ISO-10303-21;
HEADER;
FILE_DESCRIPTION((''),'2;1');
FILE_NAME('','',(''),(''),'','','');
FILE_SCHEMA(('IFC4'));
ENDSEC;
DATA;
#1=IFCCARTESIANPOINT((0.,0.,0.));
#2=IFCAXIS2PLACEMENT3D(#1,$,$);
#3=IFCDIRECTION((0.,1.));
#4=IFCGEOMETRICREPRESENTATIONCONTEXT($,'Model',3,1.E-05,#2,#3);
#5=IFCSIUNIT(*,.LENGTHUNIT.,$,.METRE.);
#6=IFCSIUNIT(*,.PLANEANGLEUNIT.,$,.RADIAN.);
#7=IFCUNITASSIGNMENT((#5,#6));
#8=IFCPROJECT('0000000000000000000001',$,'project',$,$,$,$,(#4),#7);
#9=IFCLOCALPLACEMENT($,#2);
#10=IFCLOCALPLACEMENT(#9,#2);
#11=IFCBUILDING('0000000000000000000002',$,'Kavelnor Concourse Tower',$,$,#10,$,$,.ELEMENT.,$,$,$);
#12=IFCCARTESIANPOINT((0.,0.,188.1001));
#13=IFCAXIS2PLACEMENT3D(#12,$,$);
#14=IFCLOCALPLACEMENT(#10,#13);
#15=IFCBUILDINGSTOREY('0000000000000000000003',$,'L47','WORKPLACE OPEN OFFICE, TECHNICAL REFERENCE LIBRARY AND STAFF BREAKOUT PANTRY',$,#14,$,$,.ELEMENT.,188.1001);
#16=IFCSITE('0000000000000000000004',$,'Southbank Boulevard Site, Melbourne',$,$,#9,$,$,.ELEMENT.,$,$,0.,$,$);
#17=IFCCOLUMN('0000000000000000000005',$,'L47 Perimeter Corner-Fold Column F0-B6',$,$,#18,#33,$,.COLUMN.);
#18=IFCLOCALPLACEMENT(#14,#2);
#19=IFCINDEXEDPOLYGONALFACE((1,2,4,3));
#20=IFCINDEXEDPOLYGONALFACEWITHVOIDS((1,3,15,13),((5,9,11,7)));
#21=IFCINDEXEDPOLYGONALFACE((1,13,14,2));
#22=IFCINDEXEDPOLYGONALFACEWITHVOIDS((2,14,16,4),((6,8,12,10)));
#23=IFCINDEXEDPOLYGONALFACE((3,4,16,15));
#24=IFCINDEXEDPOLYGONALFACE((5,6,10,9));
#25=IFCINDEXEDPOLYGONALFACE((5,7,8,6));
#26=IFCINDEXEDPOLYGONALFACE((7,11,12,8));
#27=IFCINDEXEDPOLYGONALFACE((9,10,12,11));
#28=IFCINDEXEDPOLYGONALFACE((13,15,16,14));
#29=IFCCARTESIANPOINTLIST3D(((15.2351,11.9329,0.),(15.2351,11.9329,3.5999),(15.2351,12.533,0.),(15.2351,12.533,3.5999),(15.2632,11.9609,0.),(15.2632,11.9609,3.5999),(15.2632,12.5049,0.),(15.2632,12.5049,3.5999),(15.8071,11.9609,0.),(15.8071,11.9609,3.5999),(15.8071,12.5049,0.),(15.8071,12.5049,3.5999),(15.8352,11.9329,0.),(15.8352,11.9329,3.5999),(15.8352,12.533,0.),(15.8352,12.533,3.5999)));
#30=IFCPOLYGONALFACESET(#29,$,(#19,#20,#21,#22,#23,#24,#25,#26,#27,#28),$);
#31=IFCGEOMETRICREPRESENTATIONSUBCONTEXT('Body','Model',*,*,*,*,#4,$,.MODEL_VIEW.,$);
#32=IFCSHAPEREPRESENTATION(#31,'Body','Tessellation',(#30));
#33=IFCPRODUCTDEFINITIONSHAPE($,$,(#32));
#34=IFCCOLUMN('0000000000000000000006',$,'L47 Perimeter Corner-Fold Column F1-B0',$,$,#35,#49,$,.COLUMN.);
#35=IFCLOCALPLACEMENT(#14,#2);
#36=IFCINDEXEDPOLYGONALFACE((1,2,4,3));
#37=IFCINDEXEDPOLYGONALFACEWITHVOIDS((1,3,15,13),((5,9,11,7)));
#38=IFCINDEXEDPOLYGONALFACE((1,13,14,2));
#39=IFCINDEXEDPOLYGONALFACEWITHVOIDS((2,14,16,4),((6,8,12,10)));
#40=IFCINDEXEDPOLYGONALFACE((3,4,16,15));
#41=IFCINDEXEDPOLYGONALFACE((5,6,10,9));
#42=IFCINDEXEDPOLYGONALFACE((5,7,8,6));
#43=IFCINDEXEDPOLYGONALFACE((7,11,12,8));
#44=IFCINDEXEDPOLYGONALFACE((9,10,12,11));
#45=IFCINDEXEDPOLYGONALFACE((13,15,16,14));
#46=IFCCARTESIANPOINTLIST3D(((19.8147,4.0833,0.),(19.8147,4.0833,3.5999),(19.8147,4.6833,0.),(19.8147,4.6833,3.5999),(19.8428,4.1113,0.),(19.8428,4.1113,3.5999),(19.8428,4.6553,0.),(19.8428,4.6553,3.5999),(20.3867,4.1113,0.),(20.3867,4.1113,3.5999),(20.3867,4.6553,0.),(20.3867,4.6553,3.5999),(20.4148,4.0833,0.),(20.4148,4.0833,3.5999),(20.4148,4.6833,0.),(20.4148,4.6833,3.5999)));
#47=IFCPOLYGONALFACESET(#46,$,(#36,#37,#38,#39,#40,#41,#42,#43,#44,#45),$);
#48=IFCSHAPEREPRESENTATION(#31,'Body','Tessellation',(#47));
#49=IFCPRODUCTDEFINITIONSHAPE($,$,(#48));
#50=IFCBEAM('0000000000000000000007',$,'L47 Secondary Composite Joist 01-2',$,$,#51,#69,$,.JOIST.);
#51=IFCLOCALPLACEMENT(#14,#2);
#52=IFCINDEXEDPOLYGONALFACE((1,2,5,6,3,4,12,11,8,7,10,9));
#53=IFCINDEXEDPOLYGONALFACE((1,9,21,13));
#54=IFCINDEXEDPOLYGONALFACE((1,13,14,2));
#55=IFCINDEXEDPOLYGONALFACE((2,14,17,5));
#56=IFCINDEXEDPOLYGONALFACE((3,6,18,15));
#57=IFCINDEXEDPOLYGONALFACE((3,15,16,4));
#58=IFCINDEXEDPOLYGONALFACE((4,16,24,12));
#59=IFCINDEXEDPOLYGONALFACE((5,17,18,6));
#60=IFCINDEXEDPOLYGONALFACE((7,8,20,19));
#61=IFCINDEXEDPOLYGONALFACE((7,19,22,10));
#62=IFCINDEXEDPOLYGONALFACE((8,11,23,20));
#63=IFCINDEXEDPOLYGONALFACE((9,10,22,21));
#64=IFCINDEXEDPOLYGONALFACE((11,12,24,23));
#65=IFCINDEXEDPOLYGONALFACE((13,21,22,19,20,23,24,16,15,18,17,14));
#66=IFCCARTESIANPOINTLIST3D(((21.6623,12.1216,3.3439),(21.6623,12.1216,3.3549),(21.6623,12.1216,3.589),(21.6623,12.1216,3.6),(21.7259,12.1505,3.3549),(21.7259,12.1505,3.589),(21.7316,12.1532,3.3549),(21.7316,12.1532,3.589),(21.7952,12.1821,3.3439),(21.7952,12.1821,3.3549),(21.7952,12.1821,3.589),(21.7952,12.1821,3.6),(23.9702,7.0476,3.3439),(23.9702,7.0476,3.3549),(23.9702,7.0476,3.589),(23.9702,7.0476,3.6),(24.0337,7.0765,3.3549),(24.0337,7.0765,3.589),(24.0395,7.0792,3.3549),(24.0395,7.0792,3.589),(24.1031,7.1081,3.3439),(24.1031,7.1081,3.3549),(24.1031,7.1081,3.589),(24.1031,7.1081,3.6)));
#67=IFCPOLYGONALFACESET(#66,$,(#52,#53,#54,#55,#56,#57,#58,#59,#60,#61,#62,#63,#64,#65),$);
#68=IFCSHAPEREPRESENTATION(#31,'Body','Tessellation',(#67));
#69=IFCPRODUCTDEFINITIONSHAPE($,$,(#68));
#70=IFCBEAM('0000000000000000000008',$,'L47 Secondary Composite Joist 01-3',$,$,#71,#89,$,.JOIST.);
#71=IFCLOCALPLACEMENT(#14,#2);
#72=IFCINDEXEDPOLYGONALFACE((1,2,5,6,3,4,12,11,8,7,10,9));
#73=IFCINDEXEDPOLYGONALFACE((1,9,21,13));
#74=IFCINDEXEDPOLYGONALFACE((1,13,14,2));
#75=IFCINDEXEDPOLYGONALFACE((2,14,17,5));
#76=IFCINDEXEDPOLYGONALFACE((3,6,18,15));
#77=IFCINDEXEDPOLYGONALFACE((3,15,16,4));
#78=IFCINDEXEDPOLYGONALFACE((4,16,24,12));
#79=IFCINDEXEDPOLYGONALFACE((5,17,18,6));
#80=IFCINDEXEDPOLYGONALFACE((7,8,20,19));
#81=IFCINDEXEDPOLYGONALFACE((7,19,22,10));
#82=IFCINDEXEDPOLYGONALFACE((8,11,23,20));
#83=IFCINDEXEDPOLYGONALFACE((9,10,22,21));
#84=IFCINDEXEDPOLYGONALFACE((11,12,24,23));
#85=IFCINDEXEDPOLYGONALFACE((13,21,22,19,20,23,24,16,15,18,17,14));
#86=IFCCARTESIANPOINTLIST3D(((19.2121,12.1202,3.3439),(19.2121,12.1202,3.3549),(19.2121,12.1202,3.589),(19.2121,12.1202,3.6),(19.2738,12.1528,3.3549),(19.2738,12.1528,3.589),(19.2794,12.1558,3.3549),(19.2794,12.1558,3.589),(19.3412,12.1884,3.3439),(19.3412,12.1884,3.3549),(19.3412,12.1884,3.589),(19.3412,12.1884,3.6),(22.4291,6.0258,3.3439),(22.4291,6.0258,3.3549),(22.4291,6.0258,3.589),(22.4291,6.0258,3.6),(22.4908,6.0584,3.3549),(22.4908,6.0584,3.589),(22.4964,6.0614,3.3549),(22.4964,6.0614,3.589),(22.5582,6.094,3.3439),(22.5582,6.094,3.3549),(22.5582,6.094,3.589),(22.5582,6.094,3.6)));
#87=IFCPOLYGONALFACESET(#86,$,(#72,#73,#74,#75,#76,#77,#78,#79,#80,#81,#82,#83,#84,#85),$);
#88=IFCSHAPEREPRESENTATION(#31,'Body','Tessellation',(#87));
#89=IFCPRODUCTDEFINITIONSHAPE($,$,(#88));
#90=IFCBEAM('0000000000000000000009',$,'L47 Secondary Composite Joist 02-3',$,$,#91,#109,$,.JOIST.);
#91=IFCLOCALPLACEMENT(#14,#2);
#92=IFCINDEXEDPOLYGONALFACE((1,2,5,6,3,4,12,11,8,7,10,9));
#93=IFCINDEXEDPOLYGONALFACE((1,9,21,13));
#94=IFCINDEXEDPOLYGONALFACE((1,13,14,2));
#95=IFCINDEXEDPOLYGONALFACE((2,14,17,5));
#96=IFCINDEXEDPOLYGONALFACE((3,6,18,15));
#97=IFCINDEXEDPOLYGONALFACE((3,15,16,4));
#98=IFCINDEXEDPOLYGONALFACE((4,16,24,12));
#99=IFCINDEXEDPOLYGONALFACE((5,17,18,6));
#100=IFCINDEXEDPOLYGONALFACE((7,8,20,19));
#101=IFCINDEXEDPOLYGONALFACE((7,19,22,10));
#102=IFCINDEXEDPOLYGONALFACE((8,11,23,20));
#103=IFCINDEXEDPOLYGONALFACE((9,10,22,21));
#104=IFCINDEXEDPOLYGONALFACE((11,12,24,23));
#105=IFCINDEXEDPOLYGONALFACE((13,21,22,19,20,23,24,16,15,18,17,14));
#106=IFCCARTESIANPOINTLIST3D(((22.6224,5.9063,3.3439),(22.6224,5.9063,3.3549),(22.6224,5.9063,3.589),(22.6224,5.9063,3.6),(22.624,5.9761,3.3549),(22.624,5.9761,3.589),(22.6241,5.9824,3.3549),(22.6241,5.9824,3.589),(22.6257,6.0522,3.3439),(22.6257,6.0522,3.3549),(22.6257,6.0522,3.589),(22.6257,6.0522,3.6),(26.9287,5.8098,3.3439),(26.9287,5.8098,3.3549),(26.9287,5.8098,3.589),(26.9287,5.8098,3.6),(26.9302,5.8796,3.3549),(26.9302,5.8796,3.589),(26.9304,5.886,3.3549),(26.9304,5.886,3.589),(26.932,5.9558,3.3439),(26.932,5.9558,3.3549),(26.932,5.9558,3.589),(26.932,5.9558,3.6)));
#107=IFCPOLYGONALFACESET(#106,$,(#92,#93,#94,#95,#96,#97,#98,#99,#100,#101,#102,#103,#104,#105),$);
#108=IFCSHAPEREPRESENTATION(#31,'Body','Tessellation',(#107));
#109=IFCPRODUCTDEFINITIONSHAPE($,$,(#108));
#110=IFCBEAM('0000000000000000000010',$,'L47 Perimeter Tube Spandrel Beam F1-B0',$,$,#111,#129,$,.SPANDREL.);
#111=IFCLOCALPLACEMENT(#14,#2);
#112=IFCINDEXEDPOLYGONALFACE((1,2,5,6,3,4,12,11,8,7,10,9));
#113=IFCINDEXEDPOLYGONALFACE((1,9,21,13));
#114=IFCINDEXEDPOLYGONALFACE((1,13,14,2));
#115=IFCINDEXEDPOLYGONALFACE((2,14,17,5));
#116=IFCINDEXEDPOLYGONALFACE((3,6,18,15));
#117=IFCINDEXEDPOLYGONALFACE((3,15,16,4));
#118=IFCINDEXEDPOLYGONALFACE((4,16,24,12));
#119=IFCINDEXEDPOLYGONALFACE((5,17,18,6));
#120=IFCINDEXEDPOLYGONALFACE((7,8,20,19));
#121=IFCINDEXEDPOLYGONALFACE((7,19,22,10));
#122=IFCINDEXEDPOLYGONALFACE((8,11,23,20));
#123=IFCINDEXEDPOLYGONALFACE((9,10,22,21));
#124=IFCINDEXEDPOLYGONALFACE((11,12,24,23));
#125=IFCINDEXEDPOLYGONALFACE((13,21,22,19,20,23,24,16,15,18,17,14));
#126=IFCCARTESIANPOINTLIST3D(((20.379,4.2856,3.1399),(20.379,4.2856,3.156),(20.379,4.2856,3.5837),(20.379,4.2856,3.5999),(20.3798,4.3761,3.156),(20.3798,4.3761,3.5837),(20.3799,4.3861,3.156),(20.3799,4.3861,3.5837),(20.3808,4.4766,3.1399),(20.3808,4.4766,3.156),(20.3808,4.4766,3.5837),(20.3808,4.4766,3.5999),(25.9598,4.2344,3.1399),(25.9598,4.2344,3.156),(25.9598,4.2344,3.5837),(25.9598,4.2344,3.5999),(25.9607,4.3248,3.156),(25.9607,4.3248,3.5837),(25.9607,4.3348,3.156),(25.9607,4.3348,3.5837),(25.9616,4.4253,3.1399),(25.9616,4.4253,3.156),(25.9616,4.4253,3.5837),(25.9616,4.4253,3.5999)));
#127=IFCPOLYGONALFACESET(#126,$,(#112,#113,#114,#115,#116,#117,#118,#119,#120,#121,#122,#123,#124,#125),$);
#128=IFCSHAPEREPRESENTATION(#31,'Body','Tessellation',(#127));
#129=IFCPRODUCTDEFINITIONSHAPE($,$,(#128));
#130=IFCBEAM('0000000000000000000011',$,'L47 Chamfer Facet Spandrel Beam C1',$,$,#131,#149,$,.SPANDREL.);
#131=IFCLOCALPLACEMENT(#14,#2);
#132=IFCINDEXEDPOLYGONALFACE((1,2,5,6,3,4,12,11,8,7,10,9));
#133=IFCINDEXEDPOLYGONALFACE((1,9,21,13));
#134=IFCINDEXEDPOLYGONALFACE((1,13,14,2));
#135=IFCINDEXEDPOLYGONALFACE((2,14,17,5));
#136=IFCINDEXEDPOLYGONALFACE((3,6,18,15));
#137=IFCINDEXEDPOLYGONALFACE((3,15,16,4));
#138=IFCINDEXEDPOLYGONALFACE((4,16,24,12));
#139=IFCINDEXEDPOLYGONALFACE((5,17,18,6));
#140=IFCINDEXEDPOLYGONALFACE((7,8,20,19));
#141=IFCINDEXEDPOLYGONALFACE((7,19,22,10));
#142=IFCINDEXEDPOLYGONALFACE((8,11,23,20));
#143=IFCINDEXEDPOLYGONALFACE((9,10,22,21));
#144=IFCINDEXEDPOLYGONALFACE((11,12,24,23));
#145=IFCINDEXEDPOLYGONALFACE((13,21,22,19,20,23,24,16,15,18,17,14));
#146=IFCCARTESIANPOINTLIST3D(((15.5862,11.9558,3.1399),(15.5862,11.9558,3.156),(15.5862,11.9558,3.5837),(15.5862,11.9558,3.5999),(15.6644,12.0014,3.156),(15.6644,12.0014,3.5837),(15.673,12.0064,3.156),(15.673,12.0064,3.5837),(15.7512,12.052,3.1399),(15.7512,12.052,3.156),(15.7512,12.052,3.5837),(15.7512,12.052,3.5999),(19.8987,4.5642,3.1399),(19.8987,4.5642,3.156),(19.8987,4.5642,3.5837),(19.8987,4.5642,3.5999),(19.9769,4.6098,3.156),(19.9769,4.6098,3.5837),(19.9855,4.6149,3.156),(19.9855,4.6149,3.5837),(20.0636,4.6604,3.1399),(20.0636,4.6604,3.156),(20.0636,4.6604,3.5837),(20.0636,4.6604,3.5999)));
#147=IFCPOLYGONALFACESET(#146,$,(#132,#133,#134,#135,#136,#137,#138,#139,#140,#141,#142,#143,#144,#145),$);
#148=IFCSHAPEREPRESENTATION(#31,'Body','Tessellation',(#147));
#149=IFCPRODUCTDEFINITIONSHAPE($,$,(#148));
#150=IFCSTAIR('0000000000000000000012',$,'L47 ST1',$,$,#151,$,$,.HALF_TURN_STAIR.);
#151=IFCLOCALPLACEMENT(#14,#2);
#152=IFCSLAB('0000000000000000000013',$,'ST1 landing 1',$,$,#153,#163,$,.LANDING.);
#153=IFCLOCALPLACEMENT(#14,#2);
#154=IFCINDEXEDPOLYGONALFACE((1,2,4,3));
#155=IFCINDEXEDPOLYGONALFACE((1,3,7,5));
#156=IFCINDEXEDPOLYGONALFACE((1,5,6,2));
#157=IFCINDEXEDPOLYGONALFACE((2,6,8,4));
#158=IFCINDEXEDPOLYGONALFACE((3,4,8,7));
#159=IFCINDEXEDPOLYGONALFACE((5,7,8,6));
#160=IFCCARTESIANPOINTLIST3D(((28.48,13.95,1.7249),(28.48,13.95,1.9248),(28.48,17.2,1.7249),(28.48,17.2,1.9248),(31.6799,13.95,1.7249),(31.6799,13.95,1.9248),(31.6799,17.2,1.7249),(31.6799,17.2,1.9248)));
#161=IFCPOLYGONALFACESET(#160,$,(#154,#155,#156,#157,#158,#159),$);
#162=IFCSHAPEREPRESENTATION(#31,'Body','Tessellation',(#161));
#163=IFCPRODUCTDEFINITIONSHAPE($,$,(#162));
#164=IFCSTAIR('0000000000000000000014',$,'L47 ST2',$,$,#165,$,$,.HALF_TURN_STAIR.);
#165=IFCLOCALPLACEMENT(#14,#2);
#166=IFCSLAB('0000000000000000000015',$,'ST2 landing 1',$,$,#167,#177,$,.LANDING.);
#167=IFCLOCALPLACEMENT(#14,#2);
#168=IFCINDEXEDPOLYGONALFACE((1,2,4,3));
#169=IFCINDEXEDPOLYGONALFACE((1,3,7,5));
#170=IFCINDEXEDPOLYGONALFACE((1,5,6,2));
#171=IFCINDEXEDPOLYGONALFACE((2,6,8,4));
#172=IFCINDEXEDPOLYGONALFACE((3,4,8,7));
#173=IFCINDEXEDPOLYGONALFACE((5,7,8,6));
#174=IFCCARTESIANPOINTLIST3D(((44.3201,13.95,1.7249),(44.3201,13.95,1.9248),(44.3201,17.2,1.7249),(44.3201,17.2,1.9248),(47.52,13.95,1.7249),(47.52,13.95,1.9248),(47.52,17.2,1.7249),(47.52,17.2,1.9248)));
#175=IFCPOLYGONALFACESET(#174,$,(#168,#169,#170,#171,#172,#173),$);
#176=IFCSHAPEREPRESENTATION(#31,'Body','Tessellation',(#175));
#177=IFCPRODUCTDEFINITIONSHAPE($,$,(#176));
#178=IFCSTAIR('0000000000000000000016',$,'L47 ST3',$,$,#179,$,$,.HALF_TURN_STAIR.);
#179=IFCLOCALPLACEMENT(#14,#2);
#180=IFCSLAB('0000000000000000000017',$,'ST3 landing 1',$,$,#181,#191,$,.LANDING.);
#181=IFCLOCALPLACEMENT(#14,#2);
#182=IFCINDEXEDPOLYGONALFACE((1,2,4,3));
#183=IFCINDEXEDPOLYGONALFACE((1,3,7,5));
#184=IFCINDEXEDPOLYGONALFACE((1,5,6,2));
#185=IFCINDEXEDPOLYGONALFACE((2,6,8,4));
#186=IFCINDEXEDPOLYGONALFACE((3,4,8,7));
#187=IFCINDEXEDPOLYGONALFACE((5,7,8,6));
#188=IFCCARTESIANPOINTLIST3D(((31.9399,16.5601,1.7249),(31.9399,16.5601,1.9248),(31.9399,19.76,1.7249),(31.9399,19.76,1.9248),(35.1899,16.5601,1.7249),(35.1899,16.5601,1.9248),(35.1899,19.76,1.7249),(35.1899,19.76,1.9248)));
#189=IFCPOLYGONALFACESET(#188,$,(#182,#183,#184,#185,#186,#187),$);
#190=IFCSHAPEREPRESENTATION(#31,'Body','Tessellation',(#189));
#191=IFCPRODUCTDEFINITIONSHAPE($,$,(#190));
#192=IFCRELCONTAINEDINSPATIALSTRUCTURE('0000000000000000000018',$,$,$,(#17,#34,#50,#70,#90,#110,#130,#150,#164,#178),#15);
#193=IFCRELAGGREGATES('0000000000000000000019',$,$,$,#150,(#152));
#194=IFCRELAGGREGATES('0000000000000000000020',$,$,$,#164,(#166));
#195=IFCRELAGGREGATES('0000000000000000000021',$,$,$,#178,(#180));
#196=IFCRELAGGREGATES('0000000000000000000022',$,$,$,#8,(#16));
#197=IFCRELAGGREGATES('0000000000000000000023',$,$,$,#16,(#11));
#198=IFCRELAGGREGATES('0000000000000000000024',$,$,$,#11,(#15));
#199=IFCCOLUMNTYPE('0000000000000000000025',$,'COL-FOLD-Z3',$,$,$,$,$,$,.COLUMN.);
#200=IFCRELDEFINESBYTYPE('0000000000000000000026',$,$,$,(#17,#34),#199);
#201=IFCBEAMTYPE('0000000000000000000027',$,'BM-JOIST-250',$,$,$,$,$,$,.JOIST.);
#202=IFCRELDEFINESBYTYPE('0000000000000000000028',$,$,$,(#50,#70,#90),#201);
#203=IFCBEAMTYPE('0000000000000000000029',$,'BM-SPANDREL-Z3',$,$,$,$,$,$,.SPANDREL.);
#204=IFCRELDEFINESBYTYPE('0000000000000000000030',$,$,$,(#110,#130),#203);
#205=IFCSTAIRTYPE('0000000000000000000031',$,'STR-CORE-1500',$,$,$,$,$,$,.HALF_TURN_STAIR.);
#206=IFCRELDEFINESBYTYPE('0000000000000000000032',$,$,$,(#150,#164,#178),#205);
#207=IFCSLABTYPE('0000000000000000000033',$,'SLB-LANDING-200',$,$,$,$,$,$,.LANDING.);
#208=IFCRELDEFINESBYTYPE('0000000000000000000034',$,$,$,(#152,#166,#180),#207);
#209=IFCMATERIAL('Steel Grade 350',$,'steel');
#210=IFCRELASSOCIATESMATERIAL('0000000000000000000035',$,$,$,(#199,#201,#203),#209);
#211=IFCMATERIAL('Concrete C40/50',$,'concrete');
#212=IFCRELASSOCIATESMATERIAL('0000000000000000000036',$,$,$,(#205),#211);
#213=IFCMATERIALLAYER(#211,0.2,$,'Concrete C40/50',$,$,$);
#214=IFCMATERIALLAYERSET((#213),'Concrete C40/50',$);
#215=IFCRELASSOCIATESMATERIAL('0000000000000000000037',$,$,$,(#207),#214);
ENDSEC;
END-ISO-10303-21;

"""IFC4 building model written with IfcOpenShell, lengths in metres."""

from ifc_helpers import new_model, si_unit, direction, frame, origin, origin_2d, place, context, subcontext, project, spatial, polyline, hollow_rectangle, i_section, outline, extrude, material, layer, layer_set, material_profile, profile_set, type_object, element, aggregate, save


model = new_model("IFC4")

# Units and contexts
model_context = context("Model", 3, precision=1e-05, world=origin(), true_north=direction((0.0, 1.0)))
body_context = subcontext(model_context, "Body", "Model", "MODEL_VIEW")
ifc_project = project(units=[si_unit("LENGTHUNIT", "METRE"), si_unit("PLANEANGLEUNIT", "RADIAN")], contexts=[model_context])

# Site, building, storey
site_placement = place(None, origin())
site = spatial("IfcSite", under=ifc_project, at=site_placement, Name="Southbank Boulevard Site, Melbourne", CompositionType="ELEMENT", RefElevation=0.0)
building_placement = place(site_placement, origin())
building = spatial("IfcBuilding", under=site, at=building_placement, Name="Kavelnor Concourse Tower", CompositionType="ELEMENT")
storey_placement = place(building_placement, frame((0.0, 0.0, 188.1001)))
storey = spatial("IfcBuildingStorey", under=building, at=storey_placement, Name="L47", Description="WORKPLACE OPEN OFFICE, TECHNICAL REFERENCE LIBRARY AND STAFF BREAKOUT PANTRY", CompositionType="ELEMENT", Elevation=188.1001)

# Columns
ifc_material_1 = material(Name="Steel Grade 350", Category="steel")
ifc_material_profile_1 = material_profile(ifc_material_1, hollow_rectangle(XDim=0.6001, YDim=0.6001, WallThickness=0.0281, at=origin_2d()), Name="SHS 600x600x28")
ifc_profile_set_1 = profile_set([ifc_material_profile_1], Name="Steel Grade 350")
column_type = type_object("IfcColumnType", Name="COL-FOLD-Z3", PredefinedType="COLUMN", material=ifc_profile_set_1)
for number, where, z_axis, x_axis, name in (
    (1, (15.5352, 12.2329, 0.0), (0.0, 0.0, 1.0), (1.0, 0.0, 0.0), "L47 Perimeter Corner-Fold Column F0-B6"),
    (2, (20.1147, 4.3833, 0.0), (0.0, 0.0, 1.0), (1.0, 0.0, 0.0), "L47 Perimeter Corner-Fold Column F1-B0"),
):
    element("IfcColumn", number, at=place(storey_placement, frame(where, z_axis=z_axis, x_axis=x_axis)), inside=storey, type_object=column_type, Name=name, PredefinedType="COLUMN", context=body_context, shape_type="SweptSolid", body=[
        extrude(hollow_rectangle(XDim=0.6001, YDim=0.6001, WallThickness=0.0281, at=origin_2d()), origin(), (0.0, 0.0, 1.0), 3.5999),
    ])

# Beams
ifc_material_profile_2 = material_profile(ifc_material_1, i_section(OverallWidth=0.146, OverallDepth=0.2561, WebThickness=0.0063, FlangeThickness=0.011, at=origin_2d()), Name="250UB37")
ifc_profile_set_2 = profile_set([ifc_material_profile_2], Name="Steel Grade 350")
beam_type_1 = type_object("IfcBeamType", Name="BM-JOIST-250", PredefinedType="JOIST", material=ifc_profile_set_2)
beam_1_placement = place(storey_placement, frame((21.7288, 12.1519, 3.4719), z_axis=(0.414027, -0.910264, 0.0), x_axis=(0.910264, 0.414027, 0.0)))
element("IfcBeam", 3, at=beam_1_placement, inside=storey, type_object=beam_type_1, Name="L47 Secondary Composite Joist 01-2", PredefinedType="JOIST", context=body_context, shape_type="SweptSolid", body=[
    extrude(i_section(OverallWidth=0.146, OverallDepth=0.2561, WebThickness=0.0063, FlangeThickness=0.011, at=origin_2d()), origin(), (0.0, 0.0, 1.0), 5.5742),
])
beam_2_placement = place(storey_placement, frame((19.2766, 12.1543, 3.4719), z_axis=(0.466816, -0.884354, 0.0), x_axis=(0.884354, 0.466816, 0.0)))
element("IfcBeam", 4, at=beam_2_placement, inside=storey, type_object=beam_type_1, Name="L47 Secondary Composite Joist 01-3", PredefinedType="JOIST", context=body_context, shape_type="SweptSolid", body=[
    extrude(i_section(OverallWidth=0.146, OverallDepth=0.2561, WebThickness=0.0063, FlangeThickness=0.011, at=origin_2d()), origin(), (0.0, 0.0, 1.0), 6.8914),
])
beam_3_placement = place(storey_placement, frame((22.624, 5.9792, 3.4719), z_axis=(0.999749, -0.022388, 0.0), x_axis=(0.022388, 0.999749, 0.0)))
element("IfcBeam", 5, at=beam_3_placement, inside=storey, type_object=beam_type_1, Name="L47 Secondary Composite Joist 02-3", PredefinedType="JOIST", context=body_context, shape_type="SweptSolid", body=[
    extrude(i_section(OverallWidth=0.146, OverallDepth=0.2561, WebThickness=0.0063, FlangeThickness=0.011, at=origin_2d()), origin(), (0.0, 0.0, 1.0), 4.3074),
])
ifc_material_profile_3 = material_profile(ifc_material_1, i_section(OverallWidth=0.1909, OverallDepth=0.46, WebThickness=0.01, FlangeThickness=0.0161, at=origin_2d()), Name="460UB82")
ifc_profile_set_3 = profile_set([ifc_material_profile_3], Name="Steel Grade 350")
beam_type_2 = type_object("IfcBeamType", Name="BM-SPANDREL-Z3", PredefinedType="SPANDREL", material=ifc_profile_set_3)
beam_4_placement = place(storey_placement, frame((20.3799, 4.3811, 3.3699), z_axis=(0.999958, -0.009186, 0.0), x_axis=(0.009186, 0.999958, 0.0)))
element("IfcBeam", 6, at=beam_4_placement, inside=storey, type_object=beam_type_2, Name="L47 Perimeter Tube Spandrel Beam F1-B0", PredefinedType="SPANDREL", context=body_context, shape_type="SweptSolid", body=[
    extrude(i_section(OverallWidth=0.1909, OverallDepth=0.46, WebThickness=0.01, FlangeThickness=0.0161, at=origin_2d()), origin(), (0.0, 0.0, 1.0), 5.5811),
])
beam_5_placement = place(storey_placement, frame((15.6687, 12.0039, 3.3699), z_axis=(0.503935, -0.863742, 0.0), x_axis=(0.863742, 0.503935, 0.0)))
element("IfcBeam", 7, at=beam_5_placement, inside=storey, type_object=beam_type_2, Name="L47 Chamfer Facet Spandrel Beam C1", PredefinedType="SPANDREL", context=body_context, shape_type="SweptSolid", body=[
    extrude(i_section(OverallWidth=0.1909, OverallDepth=0.46, WebThickness=0.01, FlangeThickness=0.0161, at=origin_2d()), origin(), (0.0, 0.0, 1.0), 8.5576),
])

# Stairs, slabs
ifc_material_2 = material(Name="Concrete C40/50", Category="concrete")
stair_type = type_object("IfcStairType", Name="STR-CORE-1500", PredefinedType="HALF_TURN_STAIR", material=ifc_material_2)
stair_1_placement = place(storey_placement, origin())
stair_1 = element("IfcStair", 8, at=stair_1_placement, inside=storey, type_object=stair_type, Name="L47 ST1", PredefinedType="HALF_TURN_STAIR")
ifc_layer_1 = layer(ifc_material_2, 0.2, Name="Concrete C40/50")
ifc_layer_set_1 = layer_set([ifc_layer_1], Name="Concrete C40/50")
slab_type_1 = type_object("IfcSlabType", Name="SLB-LANDING-200", PredefinedType="LANDING", material=ifc_layer_set_1)
slab_1_placement = place(storey_placement, frame((0.0, 0.0, 1.7249)))
slab_1 = element("IfcSlab", 9, at=slab_1_placement, type_object=slab_type_1, Name="ST1 landing 1", PredefinedType="LANDING", context=body_context, shape_type="SweptSolid", body=[
    extrude(outline(polyline([(31.6799, 13.95), (31.6799, 17.2), (28.48, 17.2), (28.48, 13.95), (31.6799, 13.95)])), origin(), (0.0, 0.0, 1.0), 0.2),
])
aggregate(stair_1, [slab_1])
stair_2_placement = place(storey_placement, origin())
stair_2 = element("IfcStair", 10, at=stair_2_placement, inside=storey, type_object=stair_type, Name="L47 ST2", PredefinedType="HALF_TURN_STAIR")
slab_2_placement = place(storey_placement, frame((0.0, 0.0, 1.7249)))
slab_2 = element("IfcSlab", 11, at=slab_2_placement, type_object=slab_type_1, Name="ST2 landing 1", PredefinedType="LANDING", context=body_context, shape_type="SweptSolid", body=[
    extrude(outline(polyline([(47.52, 13.95), (47.52, 17.2), (44.3201, 17.2), (44.3201, 13.95), (47.52, 13.95)])), origin(), (0.0, 0.0, 1.0), 0.2),
])
aggregate(stair_2, [slab_2])
stair_3_placement = place(storey_placement, origin())
stair_3 = element("IfcStair", 12, at=stair_3_placement, inside=storey, type_object=stair_type, Name="L47 ST3", PredefinedType="HALF_TURN_STAIR")
slab_3_placement = place(storey_placement, frame((0.0, 0.0, 1.7249)))
slab_3 = element("IfcSlab", 13, at=slab_3_placement, type_object=slab_type_1, Name="ST3 landing 1", PredefinedType="LANDING", context=body_context, shape_type="SweptSolid", body=[
    extrude(outline(polyline([(35.1899, 19.76), (31.9399, 19.76), (31.9399, 16.5601), (35.1899, 16.5601), (35.1899, 19.76)])), origin(), (0.0, 0.0, 1.0), 0.2),
])
aggregate(stair_3, [slab_3])

save(model, "model.ifc")
